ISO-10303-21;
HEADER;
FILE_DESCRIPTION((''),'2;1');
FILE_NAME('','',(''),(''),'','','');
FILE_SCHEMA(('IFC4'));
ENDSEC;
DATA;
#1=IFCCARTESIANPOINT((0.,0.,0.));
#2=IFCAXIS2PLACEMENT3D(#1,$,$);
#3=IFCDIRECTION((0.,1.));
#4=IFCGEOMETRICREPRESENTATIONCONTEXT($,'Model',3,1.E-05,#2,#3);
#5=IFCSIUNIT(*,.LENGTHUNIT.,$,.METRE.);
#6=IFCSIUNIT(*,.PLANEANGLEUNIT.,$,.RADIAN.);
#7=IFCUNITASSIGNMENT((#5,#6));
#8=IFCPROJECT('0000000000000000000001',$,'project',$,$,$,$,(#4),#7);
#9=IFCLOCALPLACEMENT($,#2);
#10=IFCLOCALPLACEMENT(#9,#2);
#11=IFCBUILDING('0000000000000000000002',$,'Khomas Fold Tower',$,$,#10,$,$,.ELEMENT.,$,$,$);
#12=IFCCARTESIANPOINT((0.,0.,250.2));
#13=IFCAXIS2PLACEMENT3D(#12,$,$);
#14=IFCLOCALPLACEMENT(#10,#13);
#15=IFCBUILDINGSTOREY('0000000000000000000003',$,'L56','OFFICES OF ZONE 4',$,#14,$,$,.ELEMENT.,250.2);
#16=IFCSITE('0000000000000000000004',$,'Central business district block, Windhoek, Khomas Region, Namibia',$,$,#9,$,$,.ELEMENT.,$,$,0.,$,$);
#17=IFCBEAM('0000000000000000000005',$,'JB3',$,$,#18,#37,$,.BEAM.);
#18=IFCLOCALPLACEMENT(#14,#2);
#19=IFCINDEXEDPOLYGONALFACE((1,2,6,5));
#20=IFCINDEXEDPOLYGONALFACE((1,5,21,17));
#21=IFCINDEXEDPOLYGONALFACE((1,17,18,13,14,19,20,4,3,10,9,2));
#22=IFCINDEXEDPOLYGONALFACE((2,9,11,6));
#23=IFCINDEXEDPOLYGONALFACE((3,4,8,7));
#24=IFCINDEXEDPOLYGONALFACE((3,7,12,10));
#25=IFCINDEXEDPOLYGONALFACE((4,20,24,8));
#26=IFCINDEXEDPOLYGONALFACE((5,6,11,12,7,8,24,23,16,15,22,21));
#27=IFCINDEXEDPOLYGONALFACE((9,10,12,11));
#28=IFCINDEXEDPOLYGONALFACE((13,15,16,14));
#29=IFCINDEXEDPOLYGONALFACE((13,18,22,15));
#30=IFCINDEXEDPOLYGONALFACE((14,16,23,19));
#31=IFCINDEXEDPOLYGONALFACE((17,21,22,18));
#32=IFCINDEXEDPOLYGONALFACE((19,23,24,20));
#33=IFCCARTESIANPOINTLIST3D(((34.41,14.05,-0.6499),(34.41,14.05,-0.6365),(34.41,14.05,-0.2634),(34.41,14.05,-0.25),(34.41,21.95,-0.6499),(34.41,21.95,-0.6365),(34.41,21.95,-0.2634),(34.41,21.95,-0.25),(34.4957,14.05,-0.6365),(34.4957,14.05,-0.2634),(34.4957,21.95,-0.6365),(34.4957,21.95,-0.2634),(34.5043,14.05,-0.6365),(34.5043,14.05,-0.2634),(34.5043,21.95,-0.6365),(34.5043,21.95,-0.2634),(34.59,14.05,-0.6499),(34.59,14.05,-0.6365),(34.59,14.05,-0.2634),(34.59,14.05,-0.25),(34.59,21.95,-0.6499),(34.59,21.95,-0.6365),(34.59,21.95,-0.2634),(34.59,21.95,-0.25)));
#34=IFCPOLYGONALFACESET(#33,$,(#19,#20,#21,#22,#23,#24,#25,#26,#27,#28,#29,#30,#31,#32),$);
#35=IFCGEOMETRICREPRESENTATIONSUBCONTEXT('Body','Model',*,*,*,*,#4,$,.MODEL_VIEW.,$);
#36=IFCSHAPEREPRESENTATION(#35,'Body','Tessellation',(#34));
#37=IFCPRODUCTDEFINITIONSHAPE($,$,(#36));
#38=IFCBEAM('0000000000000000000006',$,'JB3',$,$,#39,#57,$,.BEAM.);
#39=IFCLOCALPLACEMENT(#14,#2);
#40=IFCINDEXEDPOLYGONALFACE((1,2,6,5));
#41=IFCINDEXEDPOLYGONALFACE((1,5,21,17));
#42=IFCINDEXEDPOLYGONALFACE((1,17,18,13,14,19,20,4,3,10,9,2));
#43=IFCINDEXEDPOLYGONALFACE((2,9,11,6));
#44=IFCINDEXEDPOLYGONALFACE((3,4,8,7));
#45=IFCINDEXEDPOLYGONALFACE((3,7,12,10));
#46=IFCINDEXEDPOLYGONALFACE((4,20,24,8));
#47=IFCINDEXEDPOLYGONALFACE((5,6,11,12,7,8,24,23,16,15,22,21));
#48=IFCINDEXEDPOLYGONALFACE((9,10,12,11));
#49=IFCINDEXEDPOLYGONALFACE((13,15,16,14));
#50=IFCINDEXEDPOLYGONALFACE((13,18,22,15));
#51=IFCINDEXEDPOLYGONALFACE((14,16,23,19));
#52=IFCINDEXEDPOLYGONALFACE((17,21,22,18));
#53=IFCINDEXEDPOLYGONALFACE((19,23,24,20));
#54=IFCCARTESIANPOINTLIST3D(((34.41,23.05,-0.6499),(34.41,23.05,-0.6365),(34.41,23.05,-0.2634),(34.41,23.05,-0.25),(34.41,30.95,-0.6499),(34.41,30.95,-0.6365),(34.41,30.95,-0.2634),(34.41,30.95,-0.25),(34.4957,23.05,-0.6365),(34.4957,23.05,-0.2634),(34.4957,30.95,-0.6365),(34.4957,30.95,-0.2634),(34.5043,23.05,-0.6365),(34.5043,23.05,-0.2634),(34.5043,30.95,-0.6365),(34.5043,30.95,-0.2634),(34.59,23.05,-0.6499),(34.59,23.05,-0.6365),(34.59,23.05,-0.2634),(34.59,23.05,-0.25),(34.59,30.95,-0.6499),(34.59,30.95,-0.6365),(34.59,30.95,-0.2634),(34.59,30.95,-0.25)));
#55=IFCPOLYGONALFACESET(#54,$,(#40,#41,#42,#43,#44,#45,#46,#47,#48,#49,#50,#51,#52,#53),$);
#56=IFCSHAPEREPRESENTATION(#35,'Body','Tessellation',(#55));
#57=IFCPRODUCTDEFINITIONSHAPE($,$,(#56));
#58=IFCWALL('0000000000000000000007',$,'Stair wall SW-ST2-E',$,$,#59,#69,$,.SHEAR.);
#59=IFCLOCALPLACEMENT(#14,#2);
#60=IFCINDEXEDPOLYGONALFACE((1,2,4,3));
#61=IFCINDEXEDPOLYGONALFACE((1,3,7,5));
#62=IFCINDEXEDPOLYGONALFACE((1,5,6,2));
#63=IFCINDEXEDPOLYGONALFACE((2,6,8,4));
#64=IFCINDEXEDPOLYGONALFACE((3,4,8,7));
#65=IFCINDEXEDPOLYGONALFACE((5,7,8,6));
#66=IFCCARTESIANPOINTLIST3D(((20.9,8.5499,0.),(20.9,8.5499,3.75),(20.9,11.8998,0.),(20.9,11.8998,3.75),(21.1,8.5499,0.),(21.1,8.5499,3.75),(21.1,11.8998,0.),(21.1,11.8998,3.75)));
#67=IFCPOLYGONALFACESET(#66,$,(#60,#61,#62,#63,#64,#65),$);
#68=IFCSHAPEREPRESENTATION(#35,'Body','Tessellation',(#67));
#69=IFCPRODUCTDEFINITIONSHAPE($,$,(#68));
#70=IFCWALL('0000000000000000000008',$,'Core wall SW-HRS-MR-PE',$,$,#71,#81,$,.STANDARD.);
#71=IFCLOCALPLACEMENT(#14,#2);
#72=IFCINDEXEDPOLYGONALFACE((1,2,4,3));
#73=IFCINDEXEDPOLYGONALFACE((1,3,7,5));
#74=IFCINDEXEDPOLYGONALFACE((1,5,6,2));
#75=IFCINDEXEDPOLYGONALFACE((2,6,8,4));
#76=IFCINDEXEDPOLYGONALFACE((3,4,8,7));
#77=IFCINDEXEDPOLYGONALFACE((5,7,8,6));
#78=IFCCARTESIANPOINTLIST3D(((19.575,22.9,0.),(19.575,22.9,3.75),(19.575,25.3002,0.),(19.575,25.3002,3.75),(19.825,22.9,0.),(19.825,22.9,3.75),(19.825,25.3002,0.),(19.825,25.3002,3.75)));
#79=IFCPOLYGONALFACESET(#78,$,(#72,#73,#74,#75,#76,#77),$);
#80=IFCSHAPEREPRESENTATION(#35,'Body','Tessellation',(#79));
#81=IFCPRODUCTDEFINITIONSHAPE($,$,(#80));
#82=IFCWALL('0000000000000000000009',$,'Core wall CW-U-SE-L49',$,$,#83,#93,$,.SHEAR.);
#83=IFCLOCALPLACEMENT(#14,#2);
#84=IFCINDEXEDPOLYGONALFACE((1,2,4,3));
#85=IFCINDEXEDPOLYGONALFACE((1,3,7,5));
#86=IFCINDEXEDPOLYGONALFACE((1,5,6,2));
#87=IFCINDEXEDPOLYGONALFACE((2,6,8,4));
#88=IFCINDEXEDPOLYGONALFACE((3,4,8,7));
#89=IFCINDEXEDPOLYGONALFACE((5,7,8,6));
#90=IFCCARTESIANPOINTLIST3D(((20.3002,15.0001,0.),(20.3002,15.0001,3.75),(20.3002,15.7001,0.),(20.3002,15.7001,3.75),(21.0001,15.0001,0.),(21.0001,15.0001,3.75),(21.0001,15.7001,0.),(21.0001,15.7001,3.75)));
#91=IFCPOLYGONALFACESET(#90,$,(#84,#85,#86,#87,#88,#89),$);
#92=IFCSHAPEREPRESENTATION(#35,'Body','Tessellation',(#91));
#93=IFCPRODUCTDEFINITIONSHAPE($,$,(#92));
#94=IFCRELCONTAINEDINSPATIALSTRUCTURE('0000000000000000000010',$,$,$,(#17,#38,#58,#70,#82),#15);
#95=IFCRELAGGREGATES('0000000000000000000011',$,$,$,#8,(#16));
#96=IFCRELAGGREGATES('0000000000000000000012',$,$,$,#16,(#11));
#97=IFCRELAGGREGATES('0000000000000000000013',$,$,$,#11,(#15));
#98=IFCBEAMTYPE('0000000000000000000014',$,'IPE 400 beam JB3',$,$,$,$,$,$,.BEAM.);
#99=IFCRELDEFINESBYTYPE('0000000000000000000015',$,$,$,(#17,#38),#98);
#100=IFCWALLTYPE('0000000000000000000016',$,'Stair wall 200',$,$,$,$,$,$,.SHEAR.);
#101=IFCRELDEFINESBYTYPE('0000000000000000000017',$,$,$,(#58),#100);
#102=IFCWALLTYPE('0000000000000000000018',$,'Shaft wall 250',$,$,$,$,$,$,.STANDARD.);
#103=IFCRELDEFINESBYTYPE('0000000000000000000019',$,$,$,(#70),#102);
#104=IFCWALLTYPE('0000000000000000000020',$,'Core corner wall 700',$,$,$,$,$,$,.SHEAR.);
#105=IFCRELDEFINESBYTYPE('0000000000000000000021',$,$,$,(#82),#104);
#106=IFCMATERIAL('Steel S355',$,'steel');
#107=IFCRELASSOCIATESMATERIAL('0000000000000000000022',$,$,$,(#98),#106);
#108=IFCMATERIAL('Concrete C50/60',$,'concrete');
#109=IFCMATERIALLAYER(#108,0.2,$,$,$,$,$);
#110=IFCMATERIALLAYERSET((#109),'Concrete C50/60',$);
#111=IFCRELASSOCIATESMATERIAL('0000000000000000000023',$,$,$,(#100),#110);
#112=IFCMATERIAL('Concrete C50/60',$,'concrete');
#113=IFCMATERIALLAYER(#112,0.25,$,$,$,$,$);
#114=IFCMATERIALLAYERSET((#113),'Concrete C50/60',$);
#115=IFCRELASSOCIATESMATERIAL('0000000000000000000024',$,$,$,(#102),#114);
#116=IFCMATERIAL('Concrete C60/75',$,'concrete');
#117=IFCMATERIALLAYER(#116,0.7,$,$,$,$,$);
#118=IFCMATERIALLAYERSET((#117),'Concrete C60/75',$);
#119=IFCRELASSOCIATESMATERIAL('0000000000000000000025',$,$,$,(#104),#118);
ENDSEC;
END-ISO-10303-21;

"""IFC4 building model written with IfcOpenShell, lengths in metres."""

from ifc_helpers import new_model, si_unit, direction, frame, frame_2d, origin, origin_2d, place, context, subcontext, project, spatial, rectangle, i_section, extrude, source, transform, mapped, material, layer, layer_set, material_profile, profile_set, type_object, element, save


model = new_model("IFC4")

# Units and contexts
model_context = context("Model", 3, precision=1e-05, world=origin(), true_north=direction((0.0, 1.0)))
body_context = subcontext(model_context, "Body", "Model", "MODEL_VIEW")
ifc_project = project(units=[si_unit("LENGTHUNIT", "METRE"), si_unit("PLANEANGLEUNIT", "RADIAN")], contexts=[model_context])

# Site, building, storey
site_placement = place(None, origin())
site = spatial("IfcSite", under=ifc_project, at=site_placement, Name="Central business district block, Windhoek, Khomas Region, Namibia", CompositionType="ELEMENT", RefElevation=0.0)
building_placement = place(site_placement, origin())
building = spatial("IfcBuilding", under=site, at=building_placement, Name="Khomas Fold Tower", CompositionType="ELEMENT")
storey_placement = place(building_placement, frame((0.0, 0.0, 250.2)))
storey = spatial("IfcBuildingStorey", under=building, at=storey_placement, Name="L56", Description="OFFICES OF ZONE 4", CompositionType="ELEMENT", Elevation=250.2)

# Beams
ifc_material_1 = material(Name="Steel S355", Category="steel")
ifc_material_profile_1 = material_profile(ifc_material_1, i_section(OverallWidth=0.1799, OverallDepth=0.3999, WebThickness=0.0085, FlangeThickness=0.0134, at=origin_2d()), Name="IPE 400")
ifc_profile_set_1 = profile_set([ifc_material_profile_1], Name="Steel S355")
beam_type_1 = type_object("IfcBeamType", Name="IPE 400 beam JB3", PredefinedType="BEAM", material=ifc_profile_set_1)
shared_shape_1 = source(origin(), body_context, "Body", "SweptSolid", [
    extrude(i_section(OverallWidth=0.1799, OverallDepth=0.3999, WebThickness=0.0085, FlangeThickness=0.0134, at=origin_2d()), origin(), (0.0, 0.0, 1.0), 7.8999),
])
for number, where, z_axis, x_axis, name in (
    (1, (34.5, 14.05, -0.45), (0.0, 1.0, 0.0), (-1.0, 0.0, 0.0), "JB3"),
    (2, (34.5, 23.05, -0.45), (0.0, 1.0, 0.0), (-1.0, 0.0, 0.0), "JB3"),
):
    element("IfcBeam", number, at=place(storey_placement, frame(where, z_axis=z_axis, x_axis=x_axis)), inside=storey, type_object=beam_type_1, Name=name, PredefinedType="BEAM", context=body_context, shape_type="MappedRepresentation", body=[
        mapped(shared_shape_1, transform((0.0, 0.0, 0.0))),
    ])

# Walls
ifc_material_2 = material(Name="Concrete C50/60", Category="concrete")
ifc_layer_1 = layer(ifc_material_2, 0.2)
ifc_layer_set_1 = layer_set([ifc_layer_1], Name="Concrete C50/60")
wall_type_1 = type_object("IfcWallType", Name="Stair wall 200", PredefinedType="SHEAR", material=ifc_layer_set_1)
shared_shape_2 = source(origin(), body_context, "Body", "SweptSolid", [
    extrude(rectangle(XDim=3.3499, YDim=0.2, at=frame_2d((1.6748, 0.0))), origin(), (0.0, 0.0, 1.0), 3.75),
])
wall_1_placement = place(storey_placement, frame((21.0, 8.55, 0.0), z_axis=(0.0, 0.0, 1.0), x_axis=(0.0, 1.0, 0.0)))
element("IfcWall", 3, at=wall_1_placement, inside=storey, type_object=wall_type_1, Name="Stair wall SW-ST2-E", PredefinedType="SHEAR", context=body_context, shape_type="MappedRepresentation", body=[
    mapped(shared_shape_2, transform((0.0, 0.0, 0.0))),
])
ifc_material_3 = material(Name="Concrete C50/60", Category="concrete")
ifc_layer_2 = layer(ifc_material_3, 0.25)
ifc_layer_set_2 = layer_set([ifc_layer_2], Name="Concrete C50/60")
wall_type_2 = type_object("IfcWallType", Name="Shaft wall 250", PredefinedType="STANDARD", material=ifc_layer_set_2)
shared_shape_3 = source(origin(), body_context, "Body", "SweptSolid", [
    extrude(rectangle(XDim=2.4001, YDim=0.25, at=frame_2d((1.2002, 0.0))), origin(), (0.0, 0.0, 1.0), 3.75),
])
wall_2_placement = place(storey_placement, frame((19.7, 22.8999, 0.0), z_axis=(0.0, 0.0, 1.0), x_axis=(0.0, 1.0, 0.0)))
element("IfcWall", 4, at=wall_2_placement, inside=storey, type_object=wall_type_2, Name="Core wall SW-HRS-MR-PE", PredefinedType="STANDARD", context=body_context, shape_type="MappedRepresentation", body=[
    mapped(shared_shape_3, transform((0.0, 0.0, 0.0))),
])
ifc_material_4 = material(Name="Concrete C60/75", Category="concrete")
ifc_layer_3 = layer(ifc_material_4, 0.7)
ifc_layer_set_3 = layer_set([ifc_layer_3], Name="Concrete C60/75")
wall_type_3 = type_object("IfcWallType", Name="Core corner wall 700", PredefinedType="SHEAR", material=ifc_layer_set_3)
shared_shape_4 = source(origin(), body_context, "Body", "SweptSolid", [
    extrude(rectangle(XDim=0.7, YDim=0.7, at=frame_2d((0.3501, 0.0))), origin(), (0.0, 0.0, 1.0), 3.75),
])
wall_3_placement = place(storey_placement, frame((20.3, 15.3501, 0.0), z_axis=(0.0, 0.0, 1.0), x_axis=(1.0, 0.0, 0.0)))
element("IfcWall", 5, at=wall_3_placement, inside=storey, type_object=wall_type_3, Name="Core wall CW-U-SE-L49", PredefinedType="SHEAR", context=body_context, shape_type="MappedRepresentation", body=[
    mapped(shared_shape_4, transform((0.0, 0.0, 0.0))),
])

save(model, "model.ifc")
